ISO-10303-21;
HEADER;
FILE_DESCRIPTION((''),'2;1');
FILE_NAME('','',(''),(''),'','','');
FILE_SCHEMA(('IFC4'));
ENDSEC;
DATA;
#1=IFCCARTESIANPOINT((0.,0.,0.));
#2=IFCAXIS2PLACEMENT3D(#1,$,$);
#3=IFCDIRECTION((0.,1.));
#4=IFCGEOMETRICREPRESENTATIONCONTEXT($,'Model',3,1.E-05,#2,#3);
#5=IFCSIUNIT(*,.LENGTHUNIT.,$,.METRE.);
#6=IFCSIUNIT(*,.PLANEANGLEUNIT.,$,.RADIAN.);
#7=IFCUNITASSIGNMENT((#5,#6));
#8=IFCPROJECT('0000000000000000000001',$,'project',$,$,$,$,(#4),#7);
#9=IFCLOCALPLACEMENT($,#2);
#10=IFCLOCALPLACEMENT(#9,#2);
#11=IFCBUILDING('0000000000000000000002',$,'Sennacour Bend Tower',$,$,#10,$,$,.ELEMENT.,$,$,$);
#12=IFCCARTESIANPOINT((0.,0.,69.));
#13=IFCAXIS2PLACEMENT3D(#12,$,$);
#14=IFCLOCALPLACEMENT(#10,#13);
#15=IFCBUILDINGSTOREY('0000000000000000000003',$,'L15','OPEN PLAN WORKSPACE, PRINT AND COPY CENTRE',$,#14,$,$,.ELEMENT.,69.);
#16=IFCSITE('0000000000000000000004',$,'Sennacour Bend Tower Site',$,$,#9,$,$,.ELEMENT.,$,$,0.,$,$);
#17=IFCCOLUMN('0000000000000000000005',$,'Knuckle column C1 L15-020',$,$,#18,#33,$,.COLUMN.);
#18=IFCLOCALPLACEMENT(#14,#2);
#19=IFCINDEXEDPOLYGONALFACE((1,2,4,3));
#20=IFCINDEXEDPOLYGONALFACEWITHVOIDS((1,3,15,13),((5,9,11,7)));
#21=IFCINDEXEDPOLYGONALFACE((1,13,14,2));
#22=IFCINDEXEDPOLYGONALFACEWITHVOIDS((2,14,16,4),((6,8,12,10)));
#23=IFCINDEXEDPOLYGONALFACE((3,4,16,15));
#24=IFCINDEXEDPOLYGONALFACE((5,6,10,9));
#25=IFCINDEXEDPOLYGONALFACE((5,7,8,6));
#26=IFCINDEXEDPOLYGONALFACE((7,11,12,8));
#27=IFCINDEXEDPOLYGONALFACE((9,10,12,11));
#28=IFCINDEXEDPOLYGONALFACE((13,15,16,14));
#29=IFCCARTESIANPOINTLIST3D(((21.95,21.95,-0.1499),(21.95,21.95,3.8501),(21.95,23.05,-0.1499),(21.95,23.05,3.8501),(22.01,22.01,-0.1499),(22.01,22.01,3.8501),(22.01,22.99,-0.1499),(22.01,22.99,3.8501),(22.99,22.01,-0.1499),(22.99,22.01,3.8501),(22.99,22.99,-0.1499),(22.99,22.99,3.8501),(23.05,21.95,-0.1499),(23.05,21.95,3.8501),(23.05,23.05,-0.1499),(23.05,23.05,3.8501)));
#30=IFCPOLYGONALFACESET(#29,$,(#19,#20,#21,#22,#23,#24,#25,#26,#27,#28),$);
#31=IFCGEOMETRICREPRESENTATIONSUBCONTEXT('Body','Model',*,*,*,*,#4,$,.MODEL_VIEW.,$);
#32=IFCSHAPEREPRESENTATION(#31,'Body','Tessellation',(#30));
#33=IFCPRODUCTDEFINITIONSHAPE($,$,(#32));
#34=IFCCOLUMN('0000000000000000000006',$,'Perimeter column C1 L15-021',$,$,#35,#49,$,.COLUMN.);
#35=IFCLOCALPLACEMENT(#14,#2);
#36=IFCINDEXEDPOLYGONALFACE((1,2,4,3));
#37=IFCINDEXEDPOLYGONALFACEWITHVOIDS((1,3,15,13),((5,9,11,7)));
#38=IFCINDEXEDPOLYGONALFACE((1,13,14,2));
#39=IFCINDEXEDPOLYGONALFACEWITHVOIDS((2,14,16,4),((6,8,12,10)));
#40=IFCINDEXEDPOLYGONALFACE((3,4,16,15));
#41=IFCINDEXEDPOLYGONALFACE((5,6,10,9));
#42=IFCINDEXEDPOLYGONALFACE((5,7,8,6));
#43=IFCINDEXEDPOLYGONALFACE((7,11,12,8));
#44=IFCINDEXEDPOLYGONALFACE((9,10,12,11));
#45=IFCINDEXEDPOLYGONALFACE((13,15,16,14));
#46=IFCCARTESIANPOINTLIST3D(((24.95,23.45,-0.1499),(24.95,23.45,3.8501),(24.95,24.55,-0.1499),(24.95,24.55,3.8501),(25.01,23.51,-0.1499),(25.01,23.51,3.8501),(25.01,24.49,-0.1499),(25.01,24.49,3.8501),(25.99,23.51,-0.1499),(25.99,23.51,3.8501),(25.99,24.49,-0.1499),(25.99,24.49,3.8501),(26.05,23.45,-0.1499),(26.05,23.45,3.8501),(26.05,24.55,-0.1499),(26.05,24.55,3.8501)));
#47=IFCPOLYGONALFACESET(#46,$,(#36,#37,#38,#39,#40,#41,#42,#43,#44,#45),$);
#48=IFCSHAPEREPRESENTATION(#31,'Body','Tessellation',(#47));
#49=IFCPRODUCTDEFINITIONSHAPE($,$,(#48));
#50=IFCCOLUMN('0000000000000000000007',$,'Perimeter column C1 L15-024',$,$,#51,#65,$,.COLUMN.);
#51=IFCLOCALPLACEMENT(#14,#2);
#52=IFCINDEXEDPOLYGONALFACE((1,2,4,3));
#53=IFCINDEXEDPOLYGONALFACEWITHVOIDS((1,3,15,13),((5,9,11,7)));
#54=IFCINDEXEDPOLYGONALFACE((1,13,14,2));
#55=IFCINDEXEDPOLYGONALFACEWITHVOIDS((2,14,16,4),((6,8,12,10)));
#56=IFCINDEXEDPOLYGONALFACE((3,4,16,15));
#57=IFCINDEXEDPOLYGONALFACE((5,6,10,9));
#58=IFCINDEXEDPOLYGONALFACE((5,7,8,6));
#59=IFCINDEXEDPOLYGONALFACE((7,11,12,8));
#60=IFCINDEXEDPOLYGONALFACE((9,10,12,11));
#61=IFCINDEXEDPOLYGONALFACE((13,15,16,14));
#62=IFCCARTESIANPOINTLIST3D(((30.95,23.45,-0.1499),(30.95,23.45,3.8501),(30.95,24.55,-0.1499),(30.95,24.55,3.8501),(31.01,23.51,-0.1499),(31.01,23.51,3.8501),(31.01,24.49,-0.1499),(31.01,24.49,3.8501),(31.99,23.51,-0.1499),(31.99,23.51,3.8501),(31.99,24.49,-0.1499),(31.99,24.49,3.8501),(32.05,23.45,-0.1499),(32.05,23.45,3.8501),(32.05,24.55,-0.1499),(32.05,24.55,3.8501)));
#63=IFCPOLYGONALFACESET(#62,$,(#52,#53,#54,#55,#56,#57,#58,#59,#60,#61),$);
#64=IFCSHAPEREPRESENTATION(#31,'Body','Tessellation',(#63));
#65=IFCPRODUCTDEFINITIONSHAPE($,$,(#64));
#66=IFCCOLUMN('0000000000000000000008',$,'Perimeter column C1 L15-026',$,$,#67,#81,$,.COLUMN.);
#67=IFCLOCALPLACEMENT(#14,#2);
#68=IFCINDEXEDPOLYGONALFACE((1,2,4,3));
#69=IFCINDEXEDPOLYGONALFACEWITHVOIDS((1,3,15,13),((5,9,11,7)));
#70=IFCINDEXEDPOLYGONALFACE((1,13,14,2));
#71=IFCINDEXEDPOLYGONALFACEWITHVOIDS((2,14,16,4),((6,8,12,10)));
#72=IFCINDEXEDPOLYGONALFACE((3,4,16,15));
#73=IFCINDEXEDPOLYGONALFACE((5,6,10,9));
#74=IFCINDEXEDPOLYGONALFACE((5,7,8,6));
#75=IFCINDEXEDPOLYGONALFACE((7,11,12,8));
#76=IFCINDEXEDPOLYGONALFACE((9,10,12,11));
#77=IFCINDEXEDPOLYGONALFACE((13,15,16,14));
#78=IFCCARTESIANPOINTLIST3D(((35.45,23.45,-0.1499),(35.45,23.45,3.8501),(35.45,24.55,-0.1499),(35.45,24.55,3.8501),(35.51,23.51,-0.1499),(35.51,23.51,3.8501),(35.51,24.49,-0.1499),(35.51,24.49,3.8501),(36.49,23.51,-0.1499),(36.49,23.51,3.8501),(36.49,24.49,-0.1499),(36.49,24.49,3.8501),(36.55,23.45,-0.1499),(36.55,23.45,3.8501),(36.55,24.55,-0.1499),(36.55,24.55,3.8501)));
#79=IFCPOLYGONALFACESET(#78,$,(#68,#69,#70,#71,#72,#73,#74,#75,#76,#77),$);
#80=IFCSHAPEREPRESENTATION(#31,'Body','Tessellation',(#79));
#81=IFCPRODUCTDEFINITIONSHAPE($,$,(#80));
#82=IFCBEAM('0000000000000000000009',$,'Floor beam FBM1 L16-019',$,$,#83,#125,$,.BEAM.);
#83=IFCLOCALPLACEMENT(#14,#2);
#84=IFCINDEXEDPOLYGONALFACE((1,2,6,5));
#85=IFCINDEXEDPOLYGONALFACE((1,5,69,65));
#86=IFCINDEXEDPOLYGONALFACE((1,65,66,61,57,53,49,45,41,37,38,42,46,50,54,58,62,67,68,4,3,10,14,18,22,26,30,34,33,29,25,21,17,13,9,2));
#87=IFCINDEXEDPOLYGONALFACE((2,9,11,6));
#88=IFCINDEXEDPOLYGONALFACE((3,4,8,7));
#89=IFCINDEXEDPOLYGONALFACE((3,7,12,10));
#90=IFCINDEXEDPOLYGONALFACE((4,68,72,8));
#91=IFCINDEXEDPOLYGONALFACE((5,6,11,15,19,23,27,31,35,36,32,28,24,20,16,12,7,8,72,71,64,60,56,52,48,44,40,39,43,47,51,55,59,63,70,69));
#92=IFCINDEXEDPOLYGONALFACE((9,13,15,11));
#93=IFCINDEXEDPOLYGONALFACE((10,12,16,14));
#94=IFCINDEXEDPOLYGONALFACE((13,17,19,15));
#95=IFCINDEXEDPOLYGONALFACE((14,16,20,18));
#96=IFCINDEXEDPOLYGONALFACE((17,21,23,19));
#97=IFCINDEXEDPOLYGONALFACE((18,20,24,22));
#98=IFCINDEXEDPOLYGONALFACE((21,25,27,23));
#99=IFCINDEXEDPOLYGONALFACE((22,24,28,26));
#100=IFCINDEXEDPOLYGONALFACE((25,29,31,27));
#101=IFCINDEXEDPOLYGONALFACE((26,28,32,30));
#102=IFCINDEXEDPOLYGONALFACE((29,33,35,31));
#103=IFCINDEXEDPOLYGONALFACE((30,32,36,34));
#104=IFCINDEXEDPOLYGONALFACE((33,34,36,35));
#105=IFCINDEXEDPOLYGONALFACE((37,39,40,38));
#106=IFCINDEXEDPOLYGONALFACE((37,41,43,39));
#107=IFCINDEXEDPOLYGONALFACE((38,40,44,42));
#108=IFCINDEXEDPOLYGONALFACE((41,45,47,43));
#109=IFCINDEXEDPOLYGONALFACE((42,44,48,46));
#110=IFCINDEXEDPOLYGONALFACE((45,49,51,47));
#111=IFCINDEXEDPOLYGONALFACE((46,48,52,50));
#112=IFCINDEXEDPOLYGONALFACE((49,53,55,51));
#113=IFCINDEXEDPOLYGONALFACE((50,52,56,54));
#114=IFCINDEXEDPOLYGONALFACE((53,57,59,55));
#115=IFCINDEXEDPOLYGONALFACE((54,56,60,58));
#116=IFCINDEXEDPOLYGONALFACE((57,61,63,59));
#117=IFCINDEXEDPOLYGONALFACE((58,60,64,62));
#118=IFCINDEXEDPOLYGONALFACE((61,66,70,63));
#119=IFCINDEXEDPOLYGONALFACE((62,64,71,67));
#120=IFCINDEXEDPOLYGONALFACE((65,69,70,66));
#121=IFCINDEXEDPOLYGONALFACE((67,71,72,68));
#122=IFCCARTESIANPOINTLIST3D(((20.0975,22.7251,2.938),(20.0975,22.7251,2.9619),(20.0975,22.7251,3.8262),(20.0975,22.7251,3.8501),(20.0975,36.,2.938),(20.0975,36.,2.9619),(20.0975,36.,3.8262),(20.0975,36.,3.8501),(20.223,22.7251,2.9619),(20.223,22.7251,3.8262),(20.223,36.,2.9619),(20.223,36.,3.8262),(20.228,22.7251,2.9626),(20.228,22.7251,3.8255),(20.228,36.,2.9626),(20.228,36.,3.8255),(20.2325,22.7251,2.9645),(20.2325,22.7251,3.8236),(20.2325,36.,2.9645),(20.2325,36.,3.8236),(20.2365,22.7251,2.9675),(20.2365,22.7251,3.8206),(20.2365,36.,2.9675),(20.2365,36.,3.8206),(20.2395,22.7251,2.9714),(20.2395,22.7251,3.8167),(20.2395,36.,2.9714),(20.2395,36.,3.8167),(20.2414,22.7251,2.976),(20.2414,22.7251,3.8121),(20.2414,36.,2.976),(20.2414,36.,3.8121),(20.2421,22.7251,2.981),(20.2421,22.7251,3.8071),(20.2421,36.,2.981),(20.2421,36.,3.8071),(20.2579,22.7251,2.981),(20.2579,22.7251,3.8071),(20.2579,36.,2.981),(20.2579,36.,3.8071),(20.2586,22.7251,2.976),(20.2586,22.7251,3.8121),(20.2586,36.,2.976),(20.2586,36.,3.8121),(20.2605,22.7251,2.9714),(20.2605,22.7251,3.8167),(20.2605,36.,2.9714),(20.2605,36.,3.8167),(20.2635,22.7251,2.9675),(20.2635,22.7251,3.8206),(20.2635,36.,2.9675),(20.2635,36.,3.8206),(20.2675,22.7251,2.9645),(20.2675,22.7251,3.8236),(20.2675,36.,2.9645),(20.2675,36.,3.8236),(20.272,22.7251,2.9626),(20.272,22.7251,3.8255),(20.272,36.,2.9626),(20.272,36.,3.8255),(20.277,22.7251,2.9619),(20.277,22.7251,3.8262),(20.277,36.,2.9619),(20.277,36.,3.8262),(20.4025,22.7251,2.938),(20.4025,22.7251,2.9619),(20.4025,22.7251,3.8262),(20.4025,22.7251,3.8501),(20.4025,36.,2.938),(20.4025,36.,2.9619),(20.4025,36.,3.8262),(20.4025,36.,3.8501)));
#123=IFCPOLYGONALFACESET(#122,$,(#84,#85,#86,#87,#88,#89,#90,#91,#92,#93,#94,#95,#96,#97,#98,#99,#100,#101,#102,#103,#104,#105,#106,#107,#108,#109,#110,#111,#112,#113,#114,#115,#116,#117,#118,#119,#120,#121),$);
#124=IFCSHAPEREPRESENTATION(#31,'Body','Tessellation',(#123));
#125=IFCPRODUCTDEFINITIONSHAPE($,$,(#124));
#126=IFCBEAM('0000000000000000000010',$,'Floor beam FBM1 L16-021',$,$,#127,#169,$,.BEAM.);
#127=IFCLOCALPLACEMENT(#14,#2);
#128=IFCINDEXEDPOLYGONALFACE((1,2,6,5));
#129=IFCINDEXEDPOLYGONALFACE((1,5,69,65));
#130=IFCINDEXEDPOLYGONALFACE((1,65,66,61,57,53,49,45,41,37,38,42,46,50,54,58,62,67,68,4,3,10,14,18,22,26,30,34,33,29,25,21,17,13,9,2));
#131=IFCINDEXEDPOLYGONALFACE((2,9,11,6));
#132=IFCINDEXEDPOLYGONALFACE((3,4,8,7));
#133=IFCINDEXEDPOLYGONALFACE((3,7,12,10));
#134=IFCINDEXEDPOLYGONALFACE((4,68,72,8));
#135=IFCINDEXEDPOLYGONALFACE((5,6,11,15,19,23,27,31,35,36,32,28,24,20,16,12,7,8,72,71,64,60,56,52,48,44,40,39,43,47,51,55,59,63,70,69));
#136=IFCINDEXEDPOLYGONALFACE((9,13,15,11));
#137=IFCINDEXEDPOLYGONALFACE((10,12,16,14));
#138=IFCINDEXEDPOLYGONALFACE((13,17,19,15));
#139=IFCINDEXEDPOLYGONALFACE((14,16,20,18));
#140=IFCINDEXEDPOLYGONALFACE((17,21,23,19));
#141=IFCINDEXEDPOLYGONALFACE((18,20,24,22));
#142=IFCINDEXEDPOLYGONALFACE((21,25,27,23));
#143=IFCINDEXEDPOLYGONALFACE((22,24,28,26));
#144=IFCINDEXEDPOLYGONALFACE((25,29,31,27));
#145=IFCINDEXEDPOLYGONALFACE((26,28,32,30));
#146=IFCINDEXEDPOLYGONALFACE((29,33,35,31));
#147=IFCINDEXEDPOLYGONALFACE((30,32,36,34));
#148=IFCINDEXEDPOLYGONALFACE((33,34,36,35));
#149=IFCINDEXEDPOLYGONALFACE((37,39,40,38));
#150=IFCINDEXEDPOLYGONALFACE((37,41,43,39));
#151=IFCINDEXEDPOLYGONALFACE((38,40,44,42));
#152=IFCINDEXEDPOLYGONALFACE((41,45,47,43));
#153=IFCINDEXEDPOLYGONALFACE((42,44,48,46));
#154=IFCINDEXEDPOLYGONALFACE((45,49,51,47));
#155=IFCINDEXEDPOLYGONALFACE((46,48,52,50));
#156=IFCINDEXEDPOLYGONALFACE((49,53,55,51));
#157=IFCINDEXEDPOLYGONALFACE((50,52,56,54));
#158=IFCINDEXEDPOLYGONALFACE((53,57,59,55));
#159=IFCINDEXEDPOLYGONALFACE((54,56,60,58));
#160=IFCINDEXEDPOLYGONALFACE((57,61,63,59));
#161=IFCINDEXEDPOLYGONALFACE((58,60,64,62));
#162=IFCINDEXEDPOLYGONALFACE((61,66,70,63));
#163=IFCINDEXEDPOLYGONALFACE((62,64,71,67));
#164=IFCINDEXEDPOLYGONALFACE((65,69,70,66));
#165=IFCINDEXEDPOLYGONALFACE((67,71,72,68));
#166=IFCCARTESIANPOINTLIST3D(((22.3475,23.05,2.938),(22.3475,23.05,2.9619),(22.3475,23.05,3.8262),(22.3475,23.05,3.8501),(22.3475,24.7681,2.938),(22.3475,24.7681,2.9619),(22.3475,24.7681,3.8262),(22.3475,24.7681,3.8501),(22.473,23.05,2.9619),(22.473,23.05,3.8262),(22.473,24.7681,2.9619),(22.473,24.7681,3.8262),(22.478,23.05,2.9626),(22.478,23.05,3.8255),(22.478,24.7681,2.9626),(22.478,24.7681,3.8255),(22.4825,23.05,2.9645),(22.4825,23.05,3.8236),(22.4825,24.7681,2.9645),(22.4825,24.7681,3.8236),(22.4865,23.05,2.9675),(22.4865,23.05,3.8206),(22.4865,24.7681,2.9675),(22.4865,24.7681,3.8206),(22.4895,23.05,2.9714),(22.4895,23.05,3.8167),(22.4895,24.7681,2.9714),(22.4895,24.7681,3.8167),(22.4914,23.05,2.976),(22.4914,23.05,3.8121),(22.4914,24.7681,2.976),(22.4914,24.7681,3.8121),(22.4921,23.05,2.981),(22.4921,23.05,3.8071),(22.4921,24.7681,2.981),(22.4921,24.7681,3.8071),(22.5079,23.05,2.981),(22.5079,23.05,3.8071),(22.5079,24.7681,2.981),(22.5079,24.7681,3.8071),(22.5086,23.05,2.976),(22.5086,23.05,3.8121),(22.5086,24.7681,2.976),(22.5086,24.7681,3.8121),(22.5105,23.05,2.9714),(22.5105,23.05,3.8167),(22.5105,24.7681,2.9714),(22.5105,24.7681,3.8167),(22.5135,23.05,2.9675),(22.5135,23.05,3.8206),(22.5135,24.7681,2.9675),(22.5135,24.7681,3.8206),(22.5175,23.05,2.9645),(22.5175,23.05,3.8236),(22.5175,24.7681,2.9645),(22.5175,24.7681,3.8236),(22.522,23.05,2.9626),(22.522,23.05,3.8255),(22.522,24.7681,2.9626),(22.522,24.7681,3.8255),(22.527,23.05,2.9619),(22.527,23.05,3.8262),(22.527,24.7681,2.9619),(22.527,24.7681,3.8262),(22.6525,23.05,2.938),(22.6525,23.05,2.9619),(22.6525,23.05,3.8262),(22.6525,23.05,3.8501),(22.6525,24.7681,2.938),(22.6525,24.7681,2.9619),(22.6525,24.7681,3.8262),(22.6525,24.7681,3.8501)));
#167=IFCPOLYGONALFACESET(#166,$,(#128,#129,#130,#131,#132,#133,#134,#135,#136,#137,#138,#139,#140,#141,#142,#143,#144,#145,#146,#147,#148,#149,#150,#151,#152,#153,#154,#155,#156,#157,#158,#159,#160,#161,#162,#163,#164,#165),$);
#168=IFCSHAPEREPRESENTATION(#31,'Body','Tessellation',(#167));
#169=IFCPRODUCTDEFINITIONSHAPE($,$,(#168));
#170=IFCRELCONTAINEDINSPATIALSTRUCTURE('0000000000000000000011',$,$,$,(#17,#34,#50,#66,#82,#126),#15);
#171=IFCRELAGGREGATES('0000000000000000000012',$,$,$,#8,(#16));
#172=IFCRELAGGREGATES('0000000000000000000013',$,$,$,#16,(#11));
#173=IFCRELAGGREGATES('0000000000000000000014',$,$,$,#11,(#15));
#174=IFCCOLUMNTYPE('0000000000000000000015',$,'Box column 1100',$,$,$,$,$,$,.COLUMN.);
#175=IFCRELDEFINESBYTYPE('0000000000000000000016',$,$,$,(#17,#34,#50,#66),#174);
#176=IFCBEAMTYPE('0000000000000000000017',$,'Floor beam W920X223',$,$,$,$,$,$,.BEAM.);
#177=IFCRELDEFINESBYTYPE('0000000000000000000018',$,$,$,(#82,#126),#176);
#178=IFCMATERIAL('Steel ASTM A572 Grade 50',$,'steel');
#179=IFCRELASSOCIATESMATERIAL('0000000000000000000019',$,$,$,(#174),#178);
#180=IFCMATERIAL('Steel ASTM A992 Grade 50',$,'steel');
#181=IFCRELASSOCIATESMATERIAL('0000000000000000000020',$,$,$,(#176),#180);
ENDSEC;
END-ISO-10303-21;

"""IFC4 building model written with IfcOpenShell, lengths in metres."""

from ifc_helpers import new_model, si_unit, direction, frame, origin, origin_2d, place, context, subcontext, project, spatial, hollow_rectangle, i_section, extrude, material, material_profile, profile_set, type_object, element, save


model = new_model("IFC4")

# Units and contexts
model_context = context("Model", 3, precision=1e-05, world=origin(), true_north=direction((0.0, 1.0)))
body_context = subcontext(model_context, "Body", "Model", "MODEL_VIEW")
ifc_project = project(units=[si_unit("LENGTHUNIT", "METRE"), si_unit("PLANEANGLEUNIT", "RADIAN")], contexts=[model_context])

# Site, building, storey
site_placement = place(None, origin())
site = spatial("IfcSite", under=ifc_project, at=site_placement, Name="Sennacour Bend Tower Site", CompositionType="ELEMENT", RefElevation=0.0)
building_placement = place(site_placement, origin())
building = spatial("IfcBuilding", under=site, at=building_placement, Name="Sennacour Bend Tower", CompositionType="ELEMENT")
storey_placement = place(building_placement, frame((0.0, 0.0, 69.0)))
storey = spatial("IfcBuildingStorey", under=building, at=storey_placement, Name="L15", Description="OPEN PLAN WORKSPACE, PRINT AND COPY CENTRE", CompositionType="ELEMENT", Elevation=69.0)

# Columns
ifc_material_1 = material(Name="Steel ASTM A572 Grade 50", Category="steel")
ifc_material_profile_1 = material_profile(ifc_material_1, hollow_rectangle(XDim=1.1001, YDim=1.1001, WallThickness=0.0601, at=origin_2d()), Name="Steel ASTM A572 Grade 50", Category="steel")
ifc_profile_set_1 = profile_set([ifc_material_profile_1], Name="Steel ASTM A572 Grade 50")
column_type = type_object("IfcColumnType", Name="Box column 1100", PredefinedType="COLUMN", material=ifc_profile_set_1)
for number, where, z_axis, x_axis, name in (
    (1, (22.5, 22.5, -0.1499), (0.0, 0.0, 1.0), (1.0, 0.0, 0.0), "Knuckle column C1 L15-020"),
    (2, (25.5, 24.0, -0.1499), (0.0, 0.0, 1.0), (1.0, 0.0, 0.0), "Perimeter column C1 L15-021"),
    (3, (31.5, 24.0, -0.1499), (0.0, 0.0, 1.0), (1.0, 0.0, 0.0), "Perimeter column C1 L15-024"),
    (4, (36.0, 24.0, -0.1499), (0.0, 0.0, 1.0), (1.0, 0.0, 0.0), "Perimeter column C1 L15-026"),
):
    element("IfcColumn", number, at=place(storey_placement, frame(where, z_axis=z_axis, x_axis=x_axis)), inside=storey, type_object=column_type, Name=name, PredefinedType="COLUMN", context=body_context, shape_type="SweptSolid", body=[
        extrude(hollow_rectangle(XDim=1.1001, YDim=1.1001, WallThickness=0.0601, at=origin_2d()), origin(), (0.0, 0.0, 1.0), 4.0),
    ])

# Beams
ifc_material_2 = material(Name="Steel ASTM A992 Grade 50", Category="steel")
ifc_material_profile_2 = material_profile(ifc_material_2, i_section(OverallWidth=0.3049, OverallDepth=0.9121, WebThickness=0.0159, FlangeThickness=0.0239, FilletRadius=0.019, at=origin_2d()), Name="Steel ASTM A992 Grade 50", Category="steel")
ifc_profile_set_2 = profile_set([ifc_material_profile_2], Name="Steel ASTM A992 Grade 50")
beam_type_1 = type_object("IfcBeamType", Name="Floor beam W920X223", PredefinedType="BEAM", material=ifc_profile_set_2)
beam_1_placement = place(storey_placement, frame((20.25, 22.7251, 3.394), z_axis=(0.0, 1.0, 0.0), x_axis=(-1.0, 0.0, 0.0)))
element("IfcBeam", 5, at=beam_1_placement, inside=storey, type_object=beam_type_1, Name="Floor beam FBM1 L16-019", PredefinedType="BEAM", context=body_context, shape_type="SweptSolid", body=[
    extrude(i_section(OverallWidth=0.3049, OverallDepth=0.9121, WebThickness=0.0159, FlangeThickness=0.0239, FilletRadius=0.019, at=origin_2d()), origin(), (0.0, 0.0, 1.0), 13.2749),
])
beam_2_placement = place(storey_placement, frame((22.5, 23.05, 3.394), z_axis=(0.0, 1.0, 0.0), x_axis=(-1.0, 0.0, 0.0)))
element("IfcBeam", 6, at=beam_2_placement, inside=storey, type_object=beam_type_1, Name="Floor beam FBM1 L16-021", PredefinedType="BEAM", context=body_context, shape_type="SweptSolid", body=[
    extrude(i_section(OverallWidth=0.3049, OverallDepth=0.9121, WebThickness=0.0159, FlangeThickness=0.0239, FilletRadius=0.019, at=origin_2d()), origin(), (0.0, 0.0, 1.0), 1.718),
])

save(model, "model.ifc")
